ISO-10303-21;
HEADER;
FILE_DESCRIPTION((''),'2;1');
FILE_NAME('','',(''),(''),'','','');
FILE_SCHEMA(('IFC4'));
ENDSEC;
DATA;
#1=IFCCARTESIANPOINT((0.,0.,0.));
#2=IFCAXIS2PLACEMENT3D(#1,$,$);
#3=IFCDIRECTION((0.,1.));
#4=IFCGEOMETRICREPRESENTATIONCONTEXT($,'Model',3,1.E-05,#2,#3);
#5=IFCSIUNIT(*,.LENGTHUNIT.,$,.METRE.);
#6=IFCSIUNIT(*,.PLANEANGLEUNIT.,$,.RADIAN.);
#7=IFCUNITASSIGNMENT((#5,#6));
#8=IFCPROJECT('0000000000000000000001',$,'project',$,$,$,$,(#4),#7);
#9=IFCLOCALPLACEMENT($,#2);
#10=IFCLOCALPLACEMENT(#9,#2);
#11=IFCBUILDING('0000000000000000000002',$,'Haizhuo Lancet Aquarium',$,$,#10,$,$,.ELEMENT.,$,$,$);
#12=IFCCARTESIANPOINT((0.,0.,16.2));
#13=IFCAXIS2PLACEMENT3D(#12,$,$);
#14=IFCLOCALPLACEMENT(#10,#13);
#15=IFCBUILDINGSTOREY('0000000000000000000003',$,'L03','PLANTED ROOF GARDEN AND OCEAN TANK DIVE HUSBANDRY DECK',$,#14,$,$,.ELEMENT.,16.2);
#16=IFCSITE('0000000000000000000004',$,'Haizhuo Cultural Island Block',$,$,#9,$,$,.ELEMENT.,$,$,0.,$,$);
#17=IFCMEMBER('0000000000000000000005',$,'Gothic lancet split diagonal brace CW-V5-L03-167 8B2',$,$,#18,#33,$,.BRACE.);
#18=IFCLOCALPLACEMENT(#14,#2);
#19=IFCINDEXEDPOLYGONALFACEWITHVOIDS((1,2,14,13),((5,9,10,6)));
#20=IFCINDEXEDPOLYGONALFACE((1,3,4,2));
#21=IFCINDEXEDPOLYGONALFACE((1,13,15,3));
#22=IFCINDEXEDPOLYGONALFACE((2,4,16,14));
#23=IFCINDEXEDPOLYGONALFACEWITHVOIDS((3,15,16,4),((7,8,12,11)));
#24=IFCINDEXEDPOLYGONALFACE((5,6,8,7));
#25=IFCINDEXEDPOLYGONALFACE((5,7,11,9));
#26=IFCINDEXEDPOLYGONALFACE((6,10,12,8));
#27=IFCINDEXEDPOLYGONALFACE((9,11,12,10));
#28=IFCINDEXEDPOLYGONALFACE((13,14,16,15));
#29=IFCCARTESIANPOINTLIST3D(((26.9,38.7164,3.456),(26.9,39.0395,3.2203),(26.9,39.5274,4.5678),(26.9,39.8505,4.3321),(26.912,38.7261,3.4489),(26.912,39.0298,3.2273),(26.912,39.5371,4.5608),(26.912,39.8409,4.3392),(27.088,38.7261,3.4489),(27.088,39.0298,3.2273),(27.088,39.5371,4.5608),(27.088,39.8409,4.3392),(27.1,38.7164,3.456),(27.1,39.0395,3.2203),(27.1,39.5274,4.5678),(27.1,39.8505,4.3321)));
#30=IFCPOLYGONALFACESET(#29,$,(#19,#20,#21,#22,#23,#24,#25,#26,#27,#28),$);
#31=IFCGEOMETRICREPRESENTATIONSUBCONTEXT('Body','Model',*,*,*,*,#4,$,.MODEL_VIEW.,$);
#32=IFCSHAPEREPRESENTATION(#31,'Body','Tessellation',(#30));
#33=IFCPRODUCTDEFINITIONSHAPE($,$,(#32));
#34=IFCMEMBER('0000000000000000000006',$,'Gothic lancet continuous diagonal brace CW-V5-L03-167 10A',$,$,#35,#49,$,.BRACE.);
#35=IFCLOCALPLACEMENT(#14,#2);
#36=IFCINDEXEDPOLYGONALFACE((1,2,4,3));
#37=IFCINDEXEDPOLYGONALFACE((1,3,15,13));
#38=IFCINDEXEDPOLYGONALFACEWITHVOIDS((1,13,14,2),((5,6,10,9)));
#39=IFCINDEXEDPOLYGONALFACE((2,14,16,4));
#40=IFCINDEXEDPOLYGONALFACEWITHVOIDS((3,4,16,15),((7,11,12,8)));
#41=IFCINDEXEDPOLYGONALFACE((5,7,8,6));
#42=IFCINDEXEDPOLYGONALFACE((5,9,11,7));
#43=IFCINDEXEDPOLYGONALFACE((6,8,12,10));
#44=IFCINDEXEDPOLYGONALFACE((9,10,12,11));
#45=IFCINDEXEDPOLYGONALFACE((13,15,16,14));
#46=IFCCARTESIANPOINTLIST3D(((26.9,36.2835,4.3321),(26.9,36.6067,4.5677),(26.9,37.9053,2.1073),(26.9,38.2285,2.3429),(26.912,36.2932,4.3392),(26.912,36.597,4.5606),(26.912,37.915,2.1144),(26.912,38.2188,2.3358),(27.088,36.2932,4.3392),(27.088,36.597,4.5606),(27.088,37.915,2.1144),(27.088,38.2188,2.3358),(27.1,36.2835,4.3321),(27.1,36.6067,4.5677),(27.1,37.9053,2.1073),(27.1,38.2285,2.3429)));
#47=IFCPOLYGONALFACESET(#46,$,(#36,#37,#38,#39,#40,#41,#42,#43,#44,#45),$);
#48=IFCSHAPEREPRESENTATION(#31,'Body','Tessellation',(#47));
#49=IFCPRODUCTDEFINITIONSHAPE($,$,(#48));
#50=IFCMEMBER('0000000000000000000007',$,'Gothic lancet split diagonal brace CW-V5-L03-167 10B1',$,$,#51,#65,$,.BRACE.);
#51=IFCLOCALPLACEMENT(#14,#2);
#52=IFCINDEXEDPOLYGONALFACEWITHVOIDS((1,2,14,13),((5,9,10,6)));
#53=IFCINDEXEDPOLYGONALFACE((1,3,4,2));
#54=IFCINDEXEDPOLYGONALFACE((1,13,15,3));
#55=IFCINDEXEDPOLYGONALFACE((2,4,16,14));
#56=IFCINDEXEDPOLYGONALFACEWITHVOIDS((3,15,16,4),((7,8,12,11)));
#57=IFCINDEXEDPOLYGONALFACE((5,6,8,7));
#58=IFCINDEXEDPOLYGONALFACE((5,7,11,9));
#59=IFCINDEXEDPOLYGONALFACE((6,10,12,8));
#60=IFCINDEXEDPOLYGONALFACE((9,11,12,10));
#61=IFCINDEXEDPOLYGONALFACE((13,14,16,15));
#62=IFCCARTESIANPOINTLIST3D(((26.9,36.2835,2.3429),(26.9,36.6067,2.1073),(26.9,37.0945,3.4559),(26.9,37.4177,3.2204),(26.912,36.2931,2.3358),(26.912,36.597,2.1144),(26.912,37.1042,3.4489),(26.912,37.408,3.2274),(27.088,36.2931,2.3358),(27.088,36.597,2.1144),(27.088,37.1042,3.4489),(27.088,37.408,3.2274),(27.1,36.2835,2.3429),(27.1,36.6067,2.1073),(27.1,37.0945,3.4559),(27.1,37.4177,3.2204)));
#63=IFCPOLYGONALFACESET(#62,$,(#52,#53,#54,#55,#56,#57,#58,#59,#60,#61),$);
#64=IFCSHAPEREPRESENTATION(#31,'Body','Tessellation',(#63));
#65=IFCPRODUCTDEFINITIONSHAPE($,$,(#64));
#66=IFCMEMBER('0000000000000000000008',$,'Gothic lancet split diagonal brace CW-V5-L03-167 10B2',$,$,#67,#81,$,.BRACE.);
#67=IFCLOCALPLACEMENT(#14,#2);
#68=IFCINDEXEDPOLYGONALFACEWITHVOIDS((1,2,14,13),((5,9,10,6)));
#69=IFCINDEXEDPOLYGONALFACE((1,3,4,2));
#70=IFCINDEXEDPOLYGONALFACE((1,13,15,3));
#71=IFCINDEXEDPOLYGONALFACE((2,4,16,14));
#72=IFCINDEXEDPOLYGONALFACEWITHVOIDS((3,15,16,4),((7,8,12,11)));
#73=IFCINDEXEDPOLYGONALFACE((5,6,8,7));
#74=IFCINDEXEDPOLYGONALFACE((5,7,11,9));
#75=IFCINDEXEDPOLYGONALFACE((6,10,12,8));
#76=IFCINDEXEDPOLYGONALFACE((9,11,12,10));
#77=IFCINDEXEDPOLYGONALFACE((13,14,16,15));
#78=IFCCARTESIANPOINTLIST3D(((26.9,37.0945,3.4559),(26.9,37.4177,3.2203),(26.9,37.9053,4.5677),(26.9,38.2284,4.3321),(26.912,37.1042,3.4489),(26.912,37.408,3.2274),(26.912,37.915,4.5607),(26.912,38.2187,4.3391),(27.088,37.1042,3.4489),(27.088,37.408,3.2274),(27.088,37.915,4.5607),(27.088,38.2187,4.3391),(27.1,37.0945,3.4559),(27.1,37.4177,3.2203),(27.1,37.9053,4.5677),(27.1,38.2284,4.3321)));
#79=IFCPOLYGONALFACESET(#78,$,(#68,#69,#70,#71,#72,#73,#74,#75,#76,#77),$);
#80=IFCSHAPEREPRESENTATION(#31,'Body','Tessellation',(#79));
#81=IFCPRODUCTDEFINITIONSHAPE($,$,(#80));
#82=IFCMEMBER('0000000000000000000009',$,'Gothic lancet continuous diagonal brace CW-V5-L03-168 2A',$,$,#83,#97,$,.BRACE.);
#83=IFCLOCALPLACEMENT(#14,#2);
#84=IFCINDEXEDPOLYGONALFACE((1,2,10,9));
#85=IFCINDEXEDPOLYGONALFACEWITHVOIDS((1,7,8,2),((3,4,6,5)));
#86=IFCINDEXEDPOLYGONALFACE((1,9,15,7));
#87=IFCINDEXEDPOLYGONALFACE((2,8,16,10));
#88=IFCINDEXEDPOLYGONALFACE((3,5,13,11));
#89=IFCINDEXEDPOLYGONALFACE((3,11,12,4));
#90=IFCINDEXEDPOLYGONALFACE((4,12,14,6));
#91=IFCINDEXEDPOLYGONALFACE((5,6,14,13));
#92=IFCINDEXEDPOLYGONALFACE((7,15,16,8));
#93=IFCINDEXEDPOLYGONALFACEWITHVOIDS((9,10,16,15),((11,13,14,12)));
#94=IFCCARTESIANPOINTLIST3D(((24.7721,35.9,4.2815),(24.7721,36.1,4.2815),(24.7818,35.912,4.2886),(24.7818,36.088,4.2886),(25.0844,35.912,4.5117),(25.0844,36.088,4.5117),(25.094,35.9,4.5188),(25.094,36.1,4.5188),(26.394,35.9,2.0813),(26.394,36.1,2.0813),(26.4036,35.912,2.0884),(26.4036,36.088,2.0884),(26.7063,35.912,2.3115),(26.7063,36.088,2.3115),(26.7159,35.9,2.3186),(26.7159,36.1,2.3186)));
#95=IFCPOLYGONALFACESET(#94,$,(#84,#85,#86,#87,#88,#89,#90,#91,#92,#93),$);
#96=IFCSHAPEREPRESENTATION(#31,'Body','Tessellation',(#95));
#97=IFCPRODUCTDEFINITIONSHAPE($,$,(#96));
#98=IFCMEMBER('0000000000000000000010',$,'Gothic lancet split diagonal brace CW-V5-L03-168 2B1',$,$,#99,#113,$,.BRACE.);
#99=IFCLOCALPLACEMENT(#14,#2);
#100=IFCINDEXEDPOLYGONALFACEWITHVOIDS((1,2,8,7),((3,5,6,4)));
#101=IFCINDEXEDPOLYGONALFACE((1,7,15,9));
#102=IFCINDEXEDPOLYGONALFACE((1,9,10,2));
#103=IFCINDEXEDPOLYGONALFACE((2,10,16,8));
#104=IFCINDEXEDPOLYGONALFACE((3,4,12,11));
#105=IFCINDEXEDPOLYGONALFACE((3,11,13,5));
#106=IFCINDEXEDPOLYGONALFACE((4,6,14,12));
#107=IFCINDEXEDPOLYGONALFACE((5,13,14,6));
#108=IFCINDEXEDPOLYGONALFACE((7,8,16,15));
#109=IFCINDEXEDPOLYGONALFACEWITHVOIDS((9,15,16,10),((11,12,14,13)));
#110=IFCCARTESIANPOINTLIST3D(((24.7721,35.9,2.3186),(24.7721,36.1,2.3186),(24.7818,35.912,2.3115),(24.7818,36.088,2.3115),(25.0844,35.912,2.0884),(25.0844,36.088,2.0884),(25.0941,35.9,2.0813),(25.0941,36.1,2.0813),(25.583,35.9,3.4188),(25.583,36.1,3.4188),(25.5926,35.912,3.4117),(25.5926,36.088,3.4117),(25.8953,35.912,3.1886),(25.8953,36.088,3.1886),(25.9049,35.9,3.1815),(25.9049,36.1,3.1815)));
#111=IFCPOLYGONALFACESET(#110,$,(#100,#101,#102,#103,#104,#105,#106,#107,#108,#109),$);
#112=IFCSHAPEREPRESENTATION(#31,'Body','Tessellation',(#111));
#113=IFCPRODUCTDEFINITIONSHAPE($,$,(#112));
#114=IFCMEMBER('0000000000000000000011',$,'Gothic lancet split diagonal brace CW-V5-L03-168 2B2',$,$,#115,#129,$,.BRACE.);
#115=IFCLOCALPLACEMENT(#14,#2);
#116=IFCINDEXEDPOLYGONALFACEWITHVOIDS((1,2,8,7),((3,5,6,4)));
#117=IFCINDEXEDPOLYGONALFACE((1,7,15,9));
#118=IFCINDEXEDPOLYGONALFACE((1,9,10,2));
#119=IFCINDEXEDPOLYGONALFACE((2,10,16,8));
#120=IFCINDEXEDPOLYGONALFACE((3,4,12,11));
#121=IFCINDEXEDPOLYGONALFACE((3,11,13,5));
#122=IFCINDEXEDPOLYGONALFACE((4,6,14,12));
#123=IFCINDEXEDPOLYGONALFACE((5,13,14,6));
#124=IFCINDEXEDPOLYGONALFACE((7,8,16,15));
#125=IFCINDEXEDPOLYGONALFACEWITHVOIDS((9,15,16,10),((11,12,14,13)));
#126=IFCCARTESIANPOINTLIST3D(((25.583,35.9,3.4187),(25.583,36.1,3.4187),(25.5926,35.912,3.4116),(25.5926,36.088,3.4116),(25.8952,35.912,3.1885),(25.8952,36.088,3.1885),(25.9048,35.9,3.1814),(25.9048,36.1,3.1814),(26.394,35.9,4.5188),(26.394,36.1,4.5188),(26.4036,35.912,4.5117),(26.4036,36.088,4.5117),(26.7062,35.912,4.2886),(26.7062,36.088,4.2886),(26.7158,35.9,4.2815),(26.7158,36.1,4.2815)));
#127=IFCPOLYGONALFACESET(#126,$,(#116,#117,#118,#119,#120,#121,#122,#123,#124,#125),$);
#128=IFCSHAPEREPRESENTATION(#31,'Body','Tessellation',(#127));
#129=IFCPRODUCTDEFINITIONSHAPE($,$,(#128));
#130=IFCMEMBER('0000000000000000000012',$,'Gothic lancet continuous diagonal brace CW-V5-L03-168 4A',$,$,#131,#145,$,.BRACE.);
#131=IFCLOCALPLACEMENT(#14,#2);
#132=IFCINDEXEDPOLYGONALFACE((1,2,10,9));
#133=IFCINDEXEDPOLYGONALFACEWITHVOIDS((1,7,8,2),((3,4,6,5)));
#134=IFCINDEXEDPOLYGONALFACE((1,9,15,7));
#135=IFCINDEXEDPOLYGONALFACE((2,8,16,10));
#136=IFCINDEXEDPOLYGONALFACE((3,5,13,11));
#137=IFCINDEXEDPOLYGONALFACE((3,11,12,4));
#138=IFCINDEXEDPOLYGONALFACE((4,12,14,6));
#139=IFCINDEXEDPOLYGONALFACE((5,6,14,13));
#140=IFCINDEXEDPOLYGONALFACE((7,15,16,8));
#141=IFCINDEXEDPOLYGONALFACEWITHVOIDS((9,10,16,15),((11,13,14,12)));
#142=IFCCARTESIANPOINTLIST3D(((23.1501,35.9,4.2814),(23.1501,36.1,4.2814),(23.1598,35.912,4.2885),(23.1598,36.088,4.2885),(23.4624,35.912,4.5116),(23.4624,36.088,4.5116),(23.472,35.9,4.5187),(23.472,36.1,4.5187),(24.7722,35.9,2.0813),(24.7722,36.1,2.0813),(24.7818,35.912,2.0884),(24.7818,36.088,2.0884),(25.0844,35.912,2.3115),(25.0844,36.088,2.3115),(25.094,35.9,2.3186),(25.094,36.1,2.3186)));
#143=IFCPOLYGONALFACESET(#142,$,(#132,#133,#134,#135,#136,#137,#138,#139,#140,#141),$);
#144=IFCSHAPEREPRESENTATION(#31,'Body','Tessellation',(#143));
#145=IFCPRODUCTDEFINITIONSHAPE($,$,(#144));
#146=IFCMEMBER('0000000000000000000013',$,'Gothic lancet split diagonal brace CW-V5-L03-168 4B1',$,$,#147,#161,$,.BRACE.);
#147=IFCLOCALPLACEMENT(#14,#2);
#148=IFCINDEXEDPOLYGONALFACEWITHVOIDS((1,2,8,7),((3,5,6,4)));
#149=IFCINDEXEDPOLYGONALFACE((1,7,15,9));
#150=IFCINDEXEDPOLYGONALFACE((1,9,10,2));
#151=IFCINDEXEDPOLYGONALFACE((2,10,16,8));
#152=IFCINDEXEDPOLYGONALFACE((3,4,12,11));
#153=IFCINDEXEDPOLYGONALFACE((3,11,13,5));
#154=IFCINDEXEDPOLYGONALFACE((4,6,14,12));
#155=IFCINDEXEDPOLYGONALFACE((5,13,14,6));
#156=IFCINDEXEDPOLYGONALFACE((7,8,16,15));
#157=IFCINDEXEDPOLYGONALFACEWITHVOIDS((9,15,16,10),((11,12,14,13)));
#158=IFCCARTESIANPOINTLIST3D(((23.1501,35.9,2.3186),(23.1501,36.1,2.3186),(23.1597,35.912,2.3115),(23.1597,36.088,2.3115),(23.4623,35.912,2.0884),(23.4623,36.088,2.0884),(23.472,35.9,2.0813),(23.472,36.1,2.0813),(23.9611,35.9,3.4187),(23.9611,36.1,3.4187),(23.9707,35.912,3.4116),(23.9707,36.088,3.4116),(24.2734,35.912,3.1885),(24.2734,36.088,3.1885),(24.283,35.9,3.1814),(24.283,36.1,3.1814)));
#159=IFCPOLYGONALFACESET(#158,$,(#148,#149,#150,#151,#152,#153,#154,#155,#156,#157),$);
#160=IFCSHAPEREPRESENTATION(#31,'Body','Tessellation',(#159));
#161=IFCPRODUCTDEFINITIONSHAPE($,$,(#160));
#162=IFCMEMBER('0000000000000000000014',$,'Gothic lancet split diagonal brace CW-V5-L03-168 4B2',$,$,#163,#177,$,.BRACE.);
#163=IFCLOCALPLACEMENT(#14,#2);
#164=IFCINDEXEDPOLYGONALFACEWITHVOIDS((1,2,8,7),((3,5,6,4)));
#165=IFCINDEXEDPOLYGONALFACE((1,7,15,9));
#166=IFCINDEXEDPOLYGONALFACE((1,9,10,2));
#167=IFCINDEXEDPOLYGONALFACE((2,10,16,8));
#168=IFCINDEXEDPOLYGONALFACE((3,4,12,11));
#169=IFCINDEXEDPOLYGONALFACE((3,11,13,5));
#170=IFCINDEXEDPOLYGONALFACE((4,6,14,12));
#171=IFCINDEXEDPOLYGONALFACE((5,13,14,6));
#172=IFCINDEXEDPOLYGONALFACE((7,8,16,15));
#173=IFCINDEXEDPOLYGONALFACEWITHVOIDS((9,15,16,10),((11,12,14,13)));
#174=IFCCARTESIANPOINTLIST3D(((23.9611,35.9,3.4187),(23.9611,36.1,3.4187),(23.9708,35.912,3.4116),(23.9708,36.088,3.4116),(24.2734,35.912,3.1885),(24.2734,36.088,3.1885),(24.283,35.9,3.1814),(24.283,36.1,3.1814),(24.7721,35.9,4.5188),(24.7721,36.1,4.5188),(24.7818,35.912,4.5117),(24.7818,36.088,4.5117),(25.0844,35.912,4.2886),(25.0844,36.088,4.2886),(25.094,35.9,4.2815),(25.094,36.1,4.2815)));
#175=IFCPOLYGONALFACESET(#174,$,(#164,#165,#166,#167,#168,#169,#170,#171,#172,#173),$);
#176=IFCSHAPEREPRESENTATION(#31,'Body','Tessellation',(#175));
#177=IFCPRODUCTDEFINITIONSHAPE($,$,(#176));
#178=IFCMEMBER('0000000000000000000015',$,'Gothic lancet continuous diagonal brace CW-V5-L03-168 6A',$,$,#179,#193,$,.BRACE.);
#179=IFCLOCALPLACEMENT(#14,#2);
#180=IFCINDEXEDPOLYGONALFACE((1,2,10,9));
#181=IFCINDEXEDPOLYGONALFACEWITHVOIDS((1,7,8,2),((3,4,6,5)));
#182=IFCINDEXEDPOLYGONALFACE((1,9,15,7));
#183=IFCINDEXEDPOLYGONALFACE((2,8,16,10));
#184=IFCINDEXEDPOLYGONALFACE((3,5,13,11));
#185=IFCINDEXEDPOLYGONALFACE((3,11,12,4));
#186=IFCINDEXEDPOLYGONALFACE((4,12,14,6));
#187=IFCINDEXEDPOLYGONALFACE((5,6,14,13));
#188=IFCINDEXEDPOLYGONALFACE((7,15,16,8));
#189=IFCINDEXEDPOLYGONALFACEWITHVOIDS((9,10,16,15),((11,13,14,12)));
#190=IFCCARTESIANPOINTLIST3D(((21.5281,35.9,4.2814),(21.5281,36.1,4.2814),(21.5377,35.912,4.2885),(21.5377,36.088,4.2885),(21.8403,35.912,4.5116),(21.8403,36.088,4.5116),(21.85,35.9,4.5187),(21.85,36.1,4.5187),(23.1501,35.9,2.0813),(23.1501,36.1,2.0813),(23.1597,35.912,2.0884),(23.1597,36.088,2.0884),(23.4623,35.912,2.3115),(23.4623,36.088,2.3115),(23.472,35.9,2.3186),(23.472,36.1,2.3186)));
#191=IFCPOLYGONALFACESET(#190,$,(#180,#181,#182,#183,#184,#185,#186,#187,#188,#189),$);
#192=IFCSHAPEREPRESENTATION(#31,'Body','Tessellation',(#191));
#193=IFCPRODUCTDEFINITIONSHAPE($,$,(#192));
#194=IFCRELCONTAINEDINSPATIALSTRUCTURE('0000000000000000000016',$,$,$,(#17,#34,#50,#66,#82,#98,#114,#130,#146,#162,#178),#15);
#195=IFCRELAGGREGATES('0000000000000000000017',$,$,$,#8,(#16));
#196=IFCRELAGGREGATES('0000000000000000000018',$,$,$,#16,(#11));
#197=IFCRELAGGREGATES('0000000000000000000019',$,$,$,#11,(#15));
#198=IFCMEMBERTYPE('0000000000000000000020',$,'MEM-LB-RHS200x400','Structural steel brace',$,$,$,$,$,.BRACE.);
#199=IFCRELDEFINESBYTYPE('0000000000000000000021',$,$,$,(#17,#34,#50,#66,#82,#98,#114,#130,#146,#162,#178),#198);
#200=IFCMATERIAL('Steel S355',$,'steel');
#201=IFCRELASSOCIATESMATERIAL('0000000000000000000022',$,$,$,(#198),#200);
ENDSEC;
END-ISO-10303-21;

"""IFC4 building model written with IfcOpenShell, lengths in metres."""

from ifc_helpers import new_model, si_unit, direction, frame, origin, origin_2d, place, context, subcontext, project, spatial, hollow_rectangle, extrude, material, material_profile, profile_set, type_object, element, save


model = new_model("IFC4")

# Units and contexts
model_context = context("Model", 3, precision=1e-05, world=origin(), true_north=direction((0.0, 1.0)))
body_context = subcontext(model_context, "Body", "Model", "MODEL_VIEW")
ifc_project = project(units=[si_unit("LENGTHUNIT", "METRE"), si_unit("PLANEANGLEUNIT", "RADIAN")], contexts=[model_context])

# Site, building, storey
site_placement = place(None, origin())
site = spatial("IfcSite", under=ifc_project, at=site_placement, Name="Haizhuo Cultural Island Block", CompositionType="ELEMENT", RefElevation=0.0)
building_placement = place(site_placement, origin())
building = spatial("IfcBuilding", under=site, at=building_placement, Name="Haizhuo Lancet Aquarium", CompositionType="ELEMENT")
storey_placement = place(building_placement, frame((0.0, 0.0, 16.2)))
storey = spatial("IfcBuildingStorey", under=building, at=storey_placement, Name="L03", Description="PLANTED ROOF GARDEN AND OCEAN TANK DIVE HUSBANDRY DECK", CompositionType="ELEMENT", Elevation=16.2)

# Members
ifc_material_1 = material(Name="Steel S355", Category="steel")
ifc_material_profile_1 = material_profile(ifc_material_1, hollow_rectangle(XDim=0.2, YDim=0.3999, WallThickness=0.012, at=origin_2d()), Name="RHS 200x400x12")
ifc_profile_set_1 = profile_set([ifc_material_profile_1], Name="Steel S355")
member_type_1 = type_object("IfcMemberType", Name="MEM-LB-RHS200x400", Description="Structural steel brace", PredefinedType="BRACE", material=ifc_profile_set_1)
member_1_placement = place(storey_placement, frame((27.0, 38.8779, 3.3381), z_axis=(0.0, 0.589331, 0.807891), x_axis=(-1.0, 0.0, 0.0)))
element("IfcMember", 1, at=member_1_placement, inside=storey, type_object=member_type_1, Name="Gothic lancet split diagonal brace CW-V5-L03-167 8B2", PredefinedType="BRACE", context=body_context, shape_type="SweptSolid", body=[
    extrude(hollow_rectangle(XDim=0.2, YDim=0.3999, WallThickness=0.012, at=origin_2d()), origin(), (0.0, 0.0, 1.0), 1.3762),
])
member_2_placement = place(storey_placement, frame((27.0, 38.0669, 2.2251), z_axis=(0.0, -0.589062, 0.808088), x_axis=(1.0, 0.0, 0.0)))
element("IfcMember", 2, at=member_2_placement, inside=storey, type_object=member_type_1, Name="Gothic lancet continuous diagonal brace CW-V5-L03-167 10A", PredefinedType="BRACE", context=body_context, shape_type="SweptSolid", body=[
    extrude(hollow_rectangle(XDim=0.2, YDim=0.3999, WallThickness=0.012, at=origin_2d()), origin(), (0.0, 0.0, 1.0), 2.7532),
])
member_3_placement = place(storey_placement, frame((27.0, 36.4451, 2.2251), z_axis=(0.0, 0.588909, 0.808199), x_axis=(-1.0, 0.0, 0.0)))
element("IfcMember", 3, at=member_3_placement, inside=storey, type_object=member_type_1, Name="Gothic lancet split diagonal brace CW-V5-L03-167 10B1", PredefinedType="BRACE", context=body_context, shape_type="SweptSolid", body=[
    extrude(hollow_rectangle(XDim=0.2, YDim=0.3999, WallThickness=0.012, at=origin_2d()), origin(), (0.0, 0.0, 1.0), 1.3772),
])
member_4_placement = place(storey_placement, frame((27.0, 37.2561, 3.3381), z_axis=(0.0, 0.589216, 0.807976), x_axis=(-1.0, 0.0, 0.0)))
element("IfcMember", 4, at=member_4_placement, inside=storey, type_object=member_type_1, Name="Gothic lancet split diagonal brace CW-V5-L03-167 10B2", PredefinedType="BRACE", context=body_context, shape_type="SweptSolid", body=[
    extrude(hollow_rectangle(XDim=0.2, YDim=0.3999, WallThickness=0.012, at=origin_2d()), origin(), (0.0, 0.0, 1.0), 1.376),
])
member_5_placement = place(storey_placement, frame((26.5549, 36.0, 2.2), z_axis=(-0.593348, 0.0, 0.804946), x_axis=(0.0, -1.0, 0.0)))
element("IfcMember", 5, at=member_5_placement, inside=storey, type_object=member_type_1, Name="Gothic lancet continuous diagonal brace CW-V5-L03-168 2A", PredefinedType="BRACE", context=body_context, shape_type="SweptSolid", body=[
    extrude(hollow_rectangle(XDim=0.2, YDim=0.3999, WallThickness=0.012, at=origin_2d()), origin(), (0.0, 0.0, 1.0), 2.7334),
])
for number, where, z_axis, x_axis, name in (
    (6, (24.9331, 36.0, 2.2), (0.59329, 0.0, 0.804988), (0.0, 1.0, 0.0), "Gothic lancet split diagonal brace CW-V5-L03-168 2B1"),
    (7, (25.7439, 36.0, 3.3), (0.593406, 0.0, 0.804903), (0.0, 1.0, 0.0), "Gothic lancet split diagonal brace CW-V5-L03-168 2B2"),
):
    element("IfcMember", number, at=place(storey_placement, frame(where, z_axis=z_axis, x_axis=x_axis)), inside=storey, type_object=member_type_1, Name=name, PredefinedType="BRACE", context=body_context, shape_type="SweptSolid", body=[
        extrude(hollow_rectangle(XDim=0.2, YDim=0.3999, WallThickness=0.012, at=origin_2d()), origin(), (0.0, 0.0, 1.0), 1.3667),
    ])
member_6_placement = place(storey_placement, frame((24.9331, 36.0, 2.2), z_axis=(-0.593406, 0.0, 0.804903), x_axis=(0.0, -1.0, 0.0)))
element("IfcMember", 8, at=member_6_placement, inside=storey, type_object=member_type_1, Name="Gothic lancet continuous diagonal brace CW-V5-L03-168 4A", PredefinedType="BRACE", context=body_context, shape_type="SweptSolid", body=[
    extrude(hollow_rectangle(XDim=0.2, YDim=0.3999, WallThickness=0.012, at=origin_2d()), origin(), (0.0, 0.0, 1.0), 2.7334),
])
for number, where, z_axis, x_axis, name in (
    (9, (23.311, 36.0, 2.2), (0.593406, 0.0, 0.804903), (0.0, 1.0, 0.0), "Gothic lancet split diagonal brace CW-V5-L03-168 4B1"),
    (10, (24.1221, 36.0, 3.3), (0.593406, 0.0, 0.804903), (0.0, 1.0, 0.0), "Gothic lancet split diagonal brace CW-V5-L03-168 4B2"),
):
    element("IfcMember", number, at=place(storey_placement, frame(where, z_axis=z_axis, x_axis=x_axis)), inside=storey, type_object=member_type_1, Name=name, PredefinedType="BRACE", context=body_context, shape_type="SweptSolid", body=[
        extrude(hollow_rectangle(XDim=0.2, YDim=0.3999, WallThickness=0.012, at=origin_2d()), origin(), (0.0, 0.0, 1.0), 1.3667),
    ])
member_7_placement = place(storey_placement, frame((23.311, 36.0, 2.2), z_axis=(-0.593406, 0.0, 0.804903), x_axis=(0.0, -1.0, 0.0)))
element("IfcMember", 11, at=member_7_placement, inside=storey, type_object=member_type_1, Name="Gothic lancet continuous diagonal brace CW-V5-L03-168 6A", PredefinedType="BRACE", context=body_context, shape_type="SweptSolid", body=[
    extrude(hollow_rectangle(XDim=0.2, YDim=0.3999, WallThickness=0.012, at=origin_2d()), origin(), (0.0, 0.0, 1.0), 2.7334),
])

save(model, "model.ifc")
